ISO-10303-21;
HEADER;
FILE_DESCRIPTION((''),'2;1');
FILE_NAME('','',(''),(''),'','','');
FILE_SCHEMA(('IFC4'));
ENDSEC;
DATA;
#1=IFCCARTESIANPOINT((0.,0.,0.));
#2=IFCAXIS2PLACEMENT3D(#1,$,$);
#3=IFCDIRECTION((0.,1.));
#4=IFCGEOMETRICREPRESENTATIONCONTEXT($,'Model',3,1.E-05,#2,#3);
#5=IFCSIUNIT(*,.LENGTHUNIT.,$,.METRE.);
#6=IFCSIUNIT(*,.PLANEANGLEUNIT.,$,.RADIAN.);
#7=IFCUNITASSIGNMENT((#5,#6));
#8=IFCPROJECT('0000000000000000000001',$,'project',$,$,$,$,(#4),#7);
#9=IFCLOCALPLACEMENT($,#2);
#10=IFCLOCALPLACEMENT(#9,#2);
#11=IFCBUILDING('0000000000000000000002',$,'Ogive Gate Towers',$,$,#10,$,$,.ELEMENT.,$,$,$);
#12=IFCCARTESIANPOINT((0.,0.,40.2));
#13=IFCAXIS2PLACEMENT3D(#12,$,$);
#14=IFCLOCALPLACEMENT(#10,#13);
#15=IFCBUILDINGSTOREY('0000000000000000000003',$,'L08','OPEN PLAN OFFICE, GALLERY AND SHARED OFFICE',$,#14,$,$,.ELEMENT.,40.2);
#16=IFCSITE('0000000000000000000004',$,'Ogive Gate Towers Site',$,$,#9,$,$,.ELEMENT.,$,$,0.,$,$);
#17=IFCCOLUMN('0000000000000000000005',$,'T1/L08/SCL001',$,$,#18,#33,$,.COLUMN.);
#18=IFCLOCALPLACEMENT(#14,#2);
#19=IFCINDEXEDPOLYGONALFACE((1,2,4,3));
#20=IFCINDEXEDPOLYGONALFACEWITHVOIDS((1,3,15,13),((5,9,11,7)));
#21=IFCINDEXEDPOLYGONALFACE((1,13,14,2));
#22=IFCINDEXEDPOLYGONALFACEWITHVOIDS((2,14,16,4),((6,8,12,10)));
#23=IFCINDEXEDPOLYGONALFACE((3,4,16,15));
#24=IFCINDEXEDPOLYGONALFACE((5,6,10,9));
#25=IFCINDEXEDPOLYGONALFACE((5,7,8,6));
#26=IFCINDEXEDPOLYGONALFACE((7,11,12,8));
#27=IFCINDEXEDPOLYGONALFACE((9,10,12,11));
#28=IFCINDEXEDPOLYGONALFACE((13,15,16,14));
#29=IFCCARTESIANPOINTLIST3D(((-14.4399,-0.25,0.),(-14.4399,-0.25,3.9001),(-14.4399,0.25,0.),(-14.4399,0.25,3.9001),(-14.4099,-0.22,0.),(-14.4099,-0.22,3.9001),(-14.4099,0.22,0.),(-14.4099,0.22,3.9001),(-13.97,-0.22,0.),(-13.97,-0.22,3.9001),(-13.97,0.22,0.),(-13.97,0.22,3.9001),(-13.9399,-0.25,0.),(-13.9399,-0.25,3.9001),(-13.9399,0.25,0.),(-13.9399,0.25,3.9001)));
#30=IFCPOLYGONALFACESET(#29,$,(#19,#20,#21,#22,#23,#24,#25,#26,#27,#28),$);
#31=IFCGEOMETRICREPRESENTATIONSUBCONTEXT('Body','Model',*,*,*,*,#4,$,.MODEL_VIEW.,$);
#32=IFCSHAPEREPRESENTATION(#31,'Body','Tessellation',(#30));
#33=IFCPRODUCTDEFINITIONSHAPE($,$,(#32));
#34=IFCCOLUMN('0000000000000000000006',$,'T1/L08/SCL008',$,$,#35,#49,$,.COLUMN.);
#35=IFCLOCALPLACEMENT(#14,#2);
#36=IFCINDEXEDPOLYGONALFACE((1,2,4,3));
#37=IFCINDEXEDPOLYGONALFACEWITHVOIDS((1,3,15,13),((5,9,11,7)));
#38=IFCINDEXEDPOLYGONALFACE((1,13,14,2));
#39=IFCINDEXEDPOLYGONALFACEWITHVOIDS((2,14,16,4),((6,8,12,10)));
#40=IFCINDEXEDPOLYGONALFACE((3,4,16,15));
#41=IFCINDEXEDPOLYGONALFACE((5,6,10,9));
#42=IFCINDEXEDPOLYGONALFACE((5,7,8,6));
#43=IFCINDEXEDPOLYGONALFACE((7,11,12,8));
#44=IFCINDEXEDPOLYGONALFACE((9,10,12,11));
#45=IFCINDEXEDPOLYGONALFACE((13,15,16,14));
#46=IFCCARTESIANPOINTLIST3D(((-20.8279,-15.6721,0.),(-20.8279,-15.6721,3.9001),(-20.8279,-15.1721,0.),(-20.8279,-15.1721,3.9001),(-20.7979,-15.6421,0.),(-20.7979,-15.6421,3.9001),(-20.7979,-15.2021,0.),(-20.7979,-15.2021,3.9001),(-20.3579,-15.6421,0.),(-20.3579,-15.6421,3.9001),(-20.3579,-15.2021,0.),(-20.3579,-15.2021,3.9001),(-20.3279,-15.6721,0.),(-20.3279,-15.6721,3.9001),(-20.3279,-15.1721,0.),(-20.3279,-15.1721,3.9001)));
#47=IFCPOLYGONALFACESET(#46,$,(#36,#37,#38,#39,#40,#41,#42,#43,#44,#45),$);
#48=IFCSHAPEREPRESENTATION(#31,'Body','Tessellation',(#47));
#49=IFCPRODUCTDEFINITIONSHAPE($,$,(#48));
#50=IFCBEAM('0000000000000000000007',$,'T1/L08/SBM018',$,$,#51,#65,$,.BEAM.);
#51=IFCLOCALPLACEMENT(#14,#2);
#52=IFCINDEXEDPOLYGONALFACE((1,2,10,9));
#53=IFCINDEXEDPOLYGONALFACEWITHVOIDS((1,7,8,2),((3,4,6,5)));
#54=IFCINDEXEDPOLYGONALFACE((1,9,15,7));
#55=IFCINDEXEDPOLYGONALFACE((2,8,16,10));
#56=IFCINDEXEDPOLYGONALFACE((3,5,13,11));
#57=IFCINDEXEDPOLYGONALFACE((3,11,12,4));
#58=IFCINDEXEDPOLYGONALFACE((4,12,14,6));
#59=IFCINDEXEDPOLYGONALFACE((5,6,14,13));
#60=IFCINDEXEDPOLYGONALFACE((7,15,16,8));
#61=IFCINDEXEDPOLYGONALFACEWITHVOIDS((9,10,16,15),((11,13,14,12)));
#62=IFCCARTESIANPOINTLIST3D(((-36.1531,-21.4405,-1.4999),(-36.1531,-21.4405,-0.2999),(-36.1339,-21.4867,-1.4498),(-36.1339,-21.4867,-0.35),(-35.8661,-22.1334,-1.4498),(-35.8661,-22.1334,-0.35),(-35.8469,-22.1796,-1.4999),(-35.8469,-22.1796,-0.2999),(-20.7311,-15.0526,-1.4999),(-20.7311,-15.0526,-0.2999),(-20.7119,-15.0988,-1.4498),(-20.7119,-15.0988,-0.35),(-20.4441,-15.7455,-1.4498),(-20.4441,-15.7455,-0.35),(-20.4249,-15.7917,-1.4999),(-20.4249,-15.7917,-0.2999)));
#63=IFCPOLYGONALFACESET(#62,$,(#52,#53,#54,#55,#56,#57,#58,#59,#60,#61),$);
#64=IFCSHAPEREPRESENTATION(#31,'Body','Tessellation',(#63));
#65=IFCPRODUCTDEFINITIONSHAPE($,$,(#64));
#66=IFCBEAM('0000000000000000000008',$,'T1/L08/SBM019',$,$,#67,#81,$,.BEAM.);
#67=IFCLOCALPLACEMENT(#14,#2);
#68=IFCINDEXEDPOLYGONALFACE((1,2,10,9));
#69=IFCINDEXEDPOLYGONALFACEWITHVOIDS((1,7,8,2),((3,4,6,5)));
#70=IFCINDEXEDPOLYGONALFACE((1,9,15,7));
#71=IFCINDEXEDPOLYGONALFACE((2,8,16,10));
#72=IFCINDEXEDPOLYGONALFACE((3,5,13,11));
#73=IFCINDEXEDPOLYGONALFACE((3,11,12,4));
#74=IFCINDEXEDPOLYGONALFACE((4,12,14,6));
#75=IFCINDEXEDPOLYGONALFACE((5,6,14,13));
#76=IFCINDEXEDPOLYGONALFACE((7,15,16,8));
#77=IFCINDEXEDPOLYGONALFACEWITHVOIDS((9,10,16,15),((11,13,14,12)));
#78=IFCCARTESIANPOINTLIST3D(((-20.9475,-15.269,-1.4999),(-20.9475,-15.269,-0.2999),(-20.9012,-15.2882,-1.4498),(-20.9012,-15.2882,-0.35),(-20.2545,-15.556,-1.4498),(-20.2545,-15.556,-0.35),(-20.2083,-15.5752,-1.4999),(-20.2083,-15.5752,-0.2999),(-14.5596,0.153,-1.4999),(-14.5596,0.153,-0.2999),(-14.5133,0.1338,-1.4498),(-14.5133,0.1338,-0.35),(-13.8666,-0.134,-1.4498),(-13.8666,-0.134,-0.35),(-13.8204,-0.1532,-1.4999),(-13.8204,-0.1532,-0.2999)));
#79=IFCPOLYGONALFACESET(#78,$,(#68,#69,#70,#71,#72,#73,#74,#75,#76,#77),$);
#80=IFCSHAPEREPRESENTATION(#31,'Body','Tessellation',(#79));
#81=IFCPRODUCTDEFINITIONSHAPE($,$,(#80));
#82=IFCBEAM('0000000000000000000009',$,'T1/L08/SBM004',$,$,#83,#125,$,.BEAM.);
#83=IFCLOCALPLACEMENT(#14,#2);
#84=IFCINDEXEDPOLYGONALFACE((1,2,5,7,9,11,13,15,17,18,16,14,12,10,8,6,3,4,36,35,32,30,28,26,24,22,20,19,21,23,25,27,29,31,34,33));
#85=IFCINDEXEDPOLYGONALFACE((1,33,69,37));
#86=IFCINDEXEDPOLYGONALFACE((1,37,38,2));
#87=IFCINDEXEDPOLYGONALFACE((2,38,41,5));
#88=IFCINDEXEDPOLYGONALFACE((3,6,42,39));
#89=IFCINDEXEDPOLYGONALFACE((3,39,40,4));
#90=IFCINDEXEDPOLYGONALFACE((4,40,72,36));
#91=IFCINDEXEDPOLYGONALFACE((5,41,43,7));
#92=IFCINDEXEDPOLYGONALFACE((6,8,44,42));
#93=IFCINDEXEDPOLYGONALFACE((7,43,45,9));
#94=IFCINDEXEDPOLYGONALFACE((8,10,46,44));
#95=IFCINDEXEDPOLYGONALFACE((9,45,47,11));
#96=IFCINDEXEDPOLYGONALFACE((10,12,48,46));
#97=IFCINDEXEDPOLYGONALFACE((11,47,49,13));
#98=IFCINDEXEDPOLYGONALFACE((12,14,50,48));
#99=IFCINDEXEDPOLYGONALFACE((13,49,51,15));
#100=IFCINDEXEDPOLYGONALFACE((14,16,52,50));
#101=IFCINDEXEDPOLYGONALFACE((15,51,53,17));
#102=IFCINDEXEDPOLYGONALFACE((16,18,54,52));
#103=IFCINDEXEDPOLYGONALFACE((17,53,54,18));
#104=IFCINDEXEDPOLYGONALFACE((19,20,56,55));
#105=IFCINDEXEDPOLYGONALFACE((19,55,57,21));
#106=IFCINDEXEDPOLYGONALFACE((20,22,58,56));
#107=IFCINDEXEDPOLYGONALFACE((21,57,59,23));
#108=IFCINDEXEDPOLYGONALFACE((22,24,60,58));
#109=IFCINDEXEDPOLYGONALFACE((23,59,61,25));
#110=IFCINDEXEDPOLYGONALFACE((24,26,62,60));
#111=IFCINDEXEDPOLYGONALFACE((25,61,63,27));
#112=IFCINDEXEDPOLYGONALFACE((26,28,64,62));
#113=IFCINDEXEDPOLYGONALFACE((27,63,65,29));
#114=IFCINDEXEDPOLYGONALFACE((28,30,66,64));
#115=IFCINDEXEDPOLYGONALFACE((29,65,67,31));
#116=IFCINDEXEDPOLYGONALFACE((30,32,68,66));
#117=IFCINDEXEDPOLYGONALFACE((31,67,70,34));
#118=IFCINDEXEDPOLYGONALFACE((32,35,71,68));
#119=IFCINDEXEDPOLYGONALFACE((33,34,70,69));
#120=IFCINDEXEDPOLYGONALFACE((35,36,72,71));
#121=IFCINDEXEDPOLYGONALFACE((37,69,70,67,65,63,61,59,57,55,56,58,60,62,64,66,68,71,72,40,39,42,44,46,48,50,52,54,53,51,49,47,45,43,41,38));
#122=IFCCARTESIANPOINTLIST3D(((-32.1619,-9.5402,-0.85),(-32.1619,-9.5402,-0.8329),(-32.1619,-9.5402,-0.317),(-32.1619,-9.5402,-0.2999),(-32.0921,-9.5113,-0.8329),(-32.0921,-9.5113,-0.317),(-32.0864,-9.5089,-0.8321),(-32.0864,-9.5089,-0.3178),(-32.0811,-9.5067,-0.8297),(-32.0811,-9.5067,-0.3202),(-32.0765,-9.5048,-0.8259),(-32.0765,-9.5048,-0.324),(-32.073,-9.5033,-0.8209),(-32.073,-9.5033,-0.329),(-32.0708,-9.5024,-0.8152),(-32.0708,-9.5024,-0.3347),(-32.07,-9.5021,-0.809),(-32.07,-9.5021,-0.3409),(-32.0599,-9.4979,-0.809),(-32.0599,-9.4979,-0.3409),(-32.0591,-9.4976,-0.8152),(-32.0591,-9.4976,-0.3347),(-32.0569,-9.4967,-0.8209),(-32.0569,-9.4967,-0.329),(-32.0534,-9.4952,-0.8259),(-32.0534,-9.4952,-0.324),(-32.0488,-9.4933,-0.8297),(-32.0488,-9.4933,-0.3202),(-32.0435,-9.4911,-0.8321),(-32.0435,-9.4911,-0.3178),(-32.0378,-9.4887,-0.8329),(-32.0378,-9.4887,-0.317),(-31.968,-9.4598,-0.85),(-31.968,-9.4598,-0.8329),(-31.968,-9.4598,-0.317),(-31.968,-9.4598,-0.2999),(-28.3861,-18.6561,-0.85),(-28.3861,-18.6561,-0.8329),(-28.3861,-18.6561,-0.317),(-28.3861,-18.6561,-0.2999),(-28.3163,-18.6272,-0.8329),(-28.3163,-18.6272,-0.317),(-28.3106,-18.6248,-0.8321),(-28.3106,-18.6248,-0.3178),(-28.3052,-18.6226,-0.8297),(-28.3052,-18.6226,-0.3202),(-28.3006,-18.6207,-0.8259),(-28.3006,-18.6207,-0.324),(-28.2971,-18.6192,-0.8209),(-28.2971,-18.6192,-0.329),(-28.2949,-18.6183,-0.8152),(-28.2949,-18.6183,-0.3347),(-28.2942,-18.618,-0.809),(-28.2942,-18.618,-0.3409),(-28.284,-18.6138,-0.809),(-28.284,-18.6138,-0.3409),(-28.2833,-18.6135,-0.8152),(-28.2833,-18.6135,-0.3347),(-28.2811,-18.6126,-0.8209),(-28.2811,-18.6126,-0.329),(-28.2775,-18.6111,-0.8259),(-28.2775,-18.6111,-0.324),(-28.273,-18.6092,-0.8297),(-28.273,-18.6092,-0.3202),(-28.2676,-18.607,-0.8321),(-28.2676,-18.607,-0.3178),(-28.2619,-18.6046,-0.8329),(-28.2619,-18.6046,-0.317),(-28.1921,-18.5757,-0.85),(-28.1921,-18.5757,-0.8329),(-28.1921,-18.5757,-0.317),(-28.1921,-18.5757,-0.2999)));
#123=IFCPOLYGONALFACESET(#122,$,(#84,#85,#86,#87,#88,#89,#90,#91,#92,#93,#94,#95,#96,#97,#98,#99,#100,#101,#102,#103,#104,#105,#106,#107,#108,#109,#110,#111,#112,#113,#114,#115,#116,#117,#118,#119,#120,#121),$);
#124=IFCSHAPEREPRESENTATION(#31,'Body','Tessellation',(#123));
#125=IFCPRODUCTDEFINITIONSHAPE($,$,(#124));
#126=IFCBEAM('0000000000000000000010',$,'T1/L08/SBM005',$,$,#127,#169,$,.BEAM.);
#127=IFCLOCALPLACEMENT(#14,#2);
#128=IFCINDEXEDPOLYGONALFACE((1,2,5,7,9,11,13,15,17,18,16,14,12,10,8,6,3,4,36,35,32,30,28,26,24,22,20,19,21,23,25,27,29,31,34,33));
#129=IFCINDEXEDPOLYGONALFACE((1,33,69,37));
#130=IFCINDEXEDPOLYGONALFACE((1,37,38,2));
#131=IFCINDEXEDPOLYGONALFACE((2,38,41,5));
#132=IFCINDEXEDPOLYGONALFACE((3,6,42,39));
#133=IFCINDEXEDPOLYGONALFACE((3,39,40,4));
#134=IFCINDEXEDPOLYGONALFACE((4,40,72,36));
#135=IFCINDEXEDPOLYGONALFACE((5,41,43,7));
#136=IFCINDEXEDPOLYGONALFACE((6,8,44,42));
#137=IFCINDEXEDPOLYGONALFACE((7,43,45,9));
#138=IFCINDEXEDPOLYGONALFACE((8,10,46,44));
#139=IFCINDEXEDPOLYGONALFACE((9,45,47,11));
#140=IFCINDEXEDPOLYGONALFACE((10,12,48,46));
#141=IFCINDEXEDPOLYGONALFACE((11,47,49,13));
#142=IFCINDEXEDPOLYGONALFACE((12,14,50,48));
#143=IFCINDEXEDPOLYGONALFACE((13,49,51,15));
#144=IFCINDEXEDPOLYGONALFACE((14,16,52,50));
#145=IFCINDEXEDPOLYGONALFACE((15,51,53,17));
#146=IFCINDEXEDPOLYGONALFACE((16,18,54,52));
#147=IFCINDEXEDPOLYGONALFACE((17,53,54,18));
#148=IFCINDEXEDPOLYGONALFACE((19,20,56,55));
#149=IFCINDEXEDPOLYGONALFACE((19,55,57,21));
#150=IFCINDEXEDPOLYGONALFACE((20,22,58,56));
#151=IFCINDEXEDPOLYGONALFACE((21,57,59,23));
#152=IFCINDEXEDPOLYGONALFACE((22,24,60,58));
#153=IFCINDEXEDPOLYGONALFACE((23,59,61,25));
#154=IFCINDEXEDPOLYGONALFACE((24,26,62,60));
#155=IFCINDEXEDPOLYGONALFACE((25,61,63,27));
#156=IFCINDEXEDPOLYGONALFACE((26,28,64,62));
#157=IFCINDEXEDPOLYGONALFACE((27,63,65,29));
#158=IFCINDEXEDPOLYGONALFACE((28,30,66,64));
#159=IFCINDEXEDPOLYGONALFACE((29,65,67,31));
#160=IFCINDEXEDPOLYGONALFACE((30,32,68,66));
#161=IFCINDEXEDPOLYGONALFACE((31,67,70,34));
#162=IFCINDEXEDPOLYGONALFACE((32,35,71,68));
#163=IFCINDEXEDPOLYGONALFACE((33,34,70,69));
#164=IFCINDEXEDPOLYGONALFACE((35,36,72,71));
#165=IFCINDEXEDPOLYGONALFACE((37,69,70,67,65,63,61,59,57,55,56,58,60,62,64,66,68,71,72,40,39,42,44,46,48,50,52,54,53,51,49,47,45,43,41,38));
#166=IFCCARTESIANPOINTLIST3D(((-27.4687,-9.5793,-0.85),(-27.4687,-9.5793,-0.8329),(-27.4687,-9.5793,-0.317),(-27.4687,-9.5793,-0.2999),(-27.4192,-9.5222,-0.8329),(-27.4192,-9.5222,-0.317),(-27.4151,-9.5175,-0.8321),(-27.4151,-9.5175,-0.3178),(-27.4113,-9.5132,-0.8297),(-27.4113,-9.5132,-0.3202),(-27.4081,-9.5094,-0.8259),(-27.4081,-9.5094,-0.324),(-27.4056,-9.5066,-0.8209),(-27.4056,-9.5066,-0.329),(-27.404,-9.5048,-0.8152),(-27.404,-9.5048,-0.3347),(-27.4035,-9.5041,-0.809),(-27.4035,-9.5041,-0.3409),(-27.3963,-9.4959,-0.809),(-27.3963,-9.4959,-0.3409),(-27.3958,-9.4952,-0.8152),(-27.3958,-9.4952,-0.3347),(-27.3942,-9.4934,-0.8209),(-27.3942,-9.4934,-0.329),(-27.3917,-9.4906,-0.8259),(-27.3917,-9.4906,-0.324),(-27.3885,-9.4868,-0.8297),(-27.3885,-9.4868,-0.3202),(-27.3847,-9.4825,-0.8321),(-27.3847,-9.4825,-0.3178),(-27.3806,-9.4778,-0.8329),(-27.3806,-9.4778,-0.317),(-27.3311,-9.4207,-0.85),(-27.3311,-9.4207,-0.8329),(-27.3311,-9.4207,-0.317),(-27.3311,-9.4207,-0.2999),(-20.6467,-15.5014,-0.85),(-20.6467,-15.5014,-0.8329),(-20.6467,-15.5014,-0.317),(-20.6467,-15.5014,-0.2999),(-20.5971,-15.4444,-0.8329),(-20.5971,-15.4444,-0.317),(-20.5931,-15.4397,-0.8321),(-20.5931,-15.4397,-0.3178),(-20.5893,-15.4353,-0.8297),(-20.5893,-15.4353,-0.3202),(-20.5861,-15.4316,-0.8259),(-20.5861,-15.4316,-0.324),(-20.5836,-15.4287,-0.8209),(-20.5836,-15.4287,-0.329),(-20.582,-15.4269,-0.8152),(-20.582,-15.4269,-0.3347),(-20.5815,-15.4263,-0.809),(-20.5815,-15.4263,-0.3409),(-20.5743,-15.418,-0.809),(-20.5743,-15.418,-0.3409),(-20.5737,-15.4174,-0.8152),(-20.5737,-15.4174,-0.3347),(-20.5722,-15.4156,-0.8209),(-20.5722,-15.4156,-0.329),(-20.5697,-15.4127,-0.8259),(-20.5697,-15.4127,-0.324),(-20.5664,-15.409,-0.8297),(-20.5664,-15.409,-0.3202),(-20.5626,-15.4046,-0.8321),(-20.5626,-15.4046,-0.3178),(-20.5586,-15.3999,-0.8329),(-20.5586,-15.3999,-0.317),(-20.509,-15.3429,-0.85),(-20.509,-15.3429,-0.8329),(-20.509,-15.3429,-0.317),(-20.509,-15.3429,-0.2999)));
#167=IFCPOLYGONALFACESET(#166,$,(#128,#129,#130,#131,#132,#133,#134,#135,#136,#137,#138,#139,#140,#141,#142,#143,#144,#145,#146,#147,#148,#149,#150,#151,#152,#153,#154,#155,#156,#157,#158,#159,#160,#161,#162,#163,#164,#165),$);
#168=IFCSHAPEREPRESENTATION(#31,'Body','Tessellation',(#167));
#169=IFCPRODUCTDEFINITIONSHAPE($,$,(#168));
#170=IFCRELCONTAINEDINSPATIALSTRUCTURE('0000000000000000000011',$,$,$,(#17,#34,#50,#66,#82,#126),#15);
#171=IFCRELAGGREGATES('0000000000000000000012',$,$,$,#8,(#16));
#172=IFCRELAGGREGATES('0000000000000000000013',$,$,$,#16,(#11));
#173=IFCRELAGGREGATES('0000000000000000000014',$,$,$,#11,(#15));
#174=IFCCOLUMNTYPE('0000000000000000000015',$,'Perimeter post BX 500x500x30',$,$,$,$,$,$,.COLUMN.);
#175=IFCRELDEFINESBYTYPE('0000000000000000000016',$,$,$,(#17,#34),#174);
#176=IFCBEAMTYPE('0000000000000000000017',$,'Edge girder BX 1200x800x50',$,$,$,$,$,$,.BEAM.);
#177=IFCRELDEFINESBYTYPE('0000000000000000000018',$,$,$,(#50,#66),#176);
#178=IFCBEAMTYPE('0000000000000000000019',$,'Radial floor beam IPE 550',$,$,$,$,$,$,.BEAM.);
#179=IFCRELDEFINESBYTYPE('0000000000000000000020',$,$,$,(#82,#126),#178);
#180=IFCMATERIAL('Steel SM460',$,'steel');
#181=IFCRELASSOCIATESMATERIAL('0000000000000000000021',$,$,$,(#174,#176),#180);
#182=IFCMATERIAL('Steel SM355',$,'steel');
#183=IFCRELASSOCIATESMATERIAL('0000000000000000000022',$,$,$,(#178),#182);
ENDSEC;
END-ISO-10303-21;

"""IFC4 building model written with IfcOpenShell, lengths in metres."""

from ifc_helpers import new_model, si_unit, direction, frame, origin, origin_2d, place, context, subcontext, project, spatial, hollow_rectangle, i_section, extrude, material, material_profile, profile_set, type_object, element, save


model = new_model("IFC4")

# Units and contexts
model_context = context("Model", 3, precision=1e-05, world=origin(), true_north=direction((0.0, 1.0)))
body_context = subcontext(model_context, "Body", "Model", "MODEL_VIEW")
ifc_project = project(units=[si_unit("LENGTHUNIT", "METRE"), si_unit("PLANEANGLEUNIT", "RADIAN")], contexts=[model_context])

# Site, building, storey
site_placement = place(None, origin())
site = spatial("IfcSite", under=ifc_project, at=site_placement, Name="Ogive Gate Towers Site", CompositionType="ELEMENT", RefElevation=0.0)
building_placement = place(site_placement, origin())
building = spatial("IfcBuilding", under=site, at=building_placement, Name="Ogive Gate Towers", CompositionType="ELEMENT")
storey_placement = place(building_placement, frame((0.0, 0.0, 40.2)))
storey = spatial("IfcBuildingStorey", under=building, at=storey_placement, Name="L08", Description="OPEN PLAN OFFICE, GALLERY AND SHARED OFFICE", CompositionType="ELEMENT", Elevation=40.2)

# Columns
ifc_material_1 = material(Name="Steel SM460", Category="steel")
ifc_material_profile_1 = material_profile(ifc_material_1, hollow_rectangle(XDim=0.5, YDim=0.5, WallThickness=0.03, at=origin_2d()), Name="BX 500x500x30")
ifc_profile_set_1 = profile_set([ifc_material_profile_1], Name="Steel SM460")
column_type = type_object("IfcColumnType", Name="Perimeter post BX 500x500x30", PredefinedType="COLUMN", material=ifc_profile_set_1)
for number, where, z_axis, x_axis, name in (
    (1, (-14.1899, 0.0, 0.0), (0.0, 0.0, 1.0), (1.0, 0.0, 0.0), "T1/L08/SCL001"),
    (2, (-20.5779, -15.4221, 0.0), (0.0, 0.0, 1.0), (1.0, 0.0, 0.0), "T1/L08/SCL008"),
):
    element("IfcColumn", number, at=place(storey_placement, frame(where, z_axis=z_axis, x_axis=x_axis)), inside=storey, type_object=column_type, Name=name, PredefinedType="COLUMN", context=body_context, shape_type="SweptSolid", body=[
        extrude(hollow_rectangle(XDim=0.5, YDim=0.5, WallThickness=0.03, at=origin_2d()), origin(), (0.0, 0.0, 1.0), 3.9001),
    ])

# Beams
ifc_material_profile_2 = material_profile(ifc_material_1, hollow_rectangle(XDim=0.8, YDim=1.2, WallThickness=0.05, at=origin_2d()), Name="BX 1200x800x50")
ifc_profile_set_2 = profile_set([ifc_material_profile_2], Name="Steel SM460")
beam_type_1 = type_object("IfcBeamType", Name="Edge girder BX 1200x800x50", PredefinedType="BEAM", material=ifc_profile_set_2)
for number, where, z_axis, x_axis, name in (
    (3, (-36.0, -21.8101, -0.8999), (0.923882, 0.382678, 0.0), (-0.382678, 0.923882, 0.0), "T1/L08/SBM018"),
    (4, (-20.5779, -15.4221, -0.8999), (0.382678, 0.923882, 0.0), (-0.923882, 0.382678, 0.0), "T1/L08/SBM019"),
):
    element("IfcBeam", number, at=place(storey_placement, frame(where, z_axis=z_axis, x_axis=x_axis)), inside=storey, type_object=beam_type_1, Name=name, PredefinedType="BEAM", context=body_context, shape_type="SweptSolid", body=[
        extrude(hollow_rectangle(XDim=0.8, YDim=1.2, WallThickness=0.05, at=origin_2d()), origin(), (0.0, 0.0, 1.0), 16.6926),
    ])
ifc_material_2 = material(Name="Steel SM355", Category="steel")
ifc_material_profile_3 = material_profile(ifc_material_2, i_section(OverallWidth=0.21, OverallDepth=0.55, WebThickness=0.011, FlangeThickness=0.0171, FilletRadius=0.0239, at=origin_2d()), Name="IPE 550")
ifc_profile_set_3 = profile_set([ifc_material_profile_3], Name="Steel SM355")
beam_type_2 = type_object("IfcBeamType", Name="Radial floor beam IPE 550", PredefinedType="BEAM", material=ifc_profile_set_3)
beam_1_placement = place(storey_placement, frame((-32.0649, -9.5, -0.575), z_axis=(0.382677, -0.923882, 0.0), x_axis=(0.923882, 0.382677, 0.0)))
element("IfcBeam", 5, at=beam_1_placement, inside=storey, type_object=beam_type_2, Name="T1/L08/SBM004", PredefinedType="BEAM", context=body_context, shape_type="SweptSolid", body=[
    extrude(i_section(OverallWidth=0.21, OverallDepth=0.55, WebThickness=0.011, FlangeThickness=0.0171, FilletRadius=0.0239, at=origin_2d()), origin(), (0.0, 0.0, 1.0), 9.8669),
])
beam_2_placement = place(storey_placement, frame((-27.3999, -9.5, -0.575), z_axis=(0.755157, -0.655544, 0.0), x_axis=(0.655544, 0.755157, 0.0)))
element("IfcBeam", 6, at=beam_2_placement, inside=storey, type_object=beam_type_2, Name="T1/L08/SBM005", PredefinedType="BEAM", context=body_context, shape_type="SweptSolid", body=[
    extrude(i_section(OverallWidth=0.21, OverallDepth=0.55, WebThickness=0.011, FlangeThickness=0.0171, FilletRadius=0.0239, at=origin_2d()), origin(), (0.0, 0.0, 1.0), 9.0339),
])

save(model, "model.ifc")
